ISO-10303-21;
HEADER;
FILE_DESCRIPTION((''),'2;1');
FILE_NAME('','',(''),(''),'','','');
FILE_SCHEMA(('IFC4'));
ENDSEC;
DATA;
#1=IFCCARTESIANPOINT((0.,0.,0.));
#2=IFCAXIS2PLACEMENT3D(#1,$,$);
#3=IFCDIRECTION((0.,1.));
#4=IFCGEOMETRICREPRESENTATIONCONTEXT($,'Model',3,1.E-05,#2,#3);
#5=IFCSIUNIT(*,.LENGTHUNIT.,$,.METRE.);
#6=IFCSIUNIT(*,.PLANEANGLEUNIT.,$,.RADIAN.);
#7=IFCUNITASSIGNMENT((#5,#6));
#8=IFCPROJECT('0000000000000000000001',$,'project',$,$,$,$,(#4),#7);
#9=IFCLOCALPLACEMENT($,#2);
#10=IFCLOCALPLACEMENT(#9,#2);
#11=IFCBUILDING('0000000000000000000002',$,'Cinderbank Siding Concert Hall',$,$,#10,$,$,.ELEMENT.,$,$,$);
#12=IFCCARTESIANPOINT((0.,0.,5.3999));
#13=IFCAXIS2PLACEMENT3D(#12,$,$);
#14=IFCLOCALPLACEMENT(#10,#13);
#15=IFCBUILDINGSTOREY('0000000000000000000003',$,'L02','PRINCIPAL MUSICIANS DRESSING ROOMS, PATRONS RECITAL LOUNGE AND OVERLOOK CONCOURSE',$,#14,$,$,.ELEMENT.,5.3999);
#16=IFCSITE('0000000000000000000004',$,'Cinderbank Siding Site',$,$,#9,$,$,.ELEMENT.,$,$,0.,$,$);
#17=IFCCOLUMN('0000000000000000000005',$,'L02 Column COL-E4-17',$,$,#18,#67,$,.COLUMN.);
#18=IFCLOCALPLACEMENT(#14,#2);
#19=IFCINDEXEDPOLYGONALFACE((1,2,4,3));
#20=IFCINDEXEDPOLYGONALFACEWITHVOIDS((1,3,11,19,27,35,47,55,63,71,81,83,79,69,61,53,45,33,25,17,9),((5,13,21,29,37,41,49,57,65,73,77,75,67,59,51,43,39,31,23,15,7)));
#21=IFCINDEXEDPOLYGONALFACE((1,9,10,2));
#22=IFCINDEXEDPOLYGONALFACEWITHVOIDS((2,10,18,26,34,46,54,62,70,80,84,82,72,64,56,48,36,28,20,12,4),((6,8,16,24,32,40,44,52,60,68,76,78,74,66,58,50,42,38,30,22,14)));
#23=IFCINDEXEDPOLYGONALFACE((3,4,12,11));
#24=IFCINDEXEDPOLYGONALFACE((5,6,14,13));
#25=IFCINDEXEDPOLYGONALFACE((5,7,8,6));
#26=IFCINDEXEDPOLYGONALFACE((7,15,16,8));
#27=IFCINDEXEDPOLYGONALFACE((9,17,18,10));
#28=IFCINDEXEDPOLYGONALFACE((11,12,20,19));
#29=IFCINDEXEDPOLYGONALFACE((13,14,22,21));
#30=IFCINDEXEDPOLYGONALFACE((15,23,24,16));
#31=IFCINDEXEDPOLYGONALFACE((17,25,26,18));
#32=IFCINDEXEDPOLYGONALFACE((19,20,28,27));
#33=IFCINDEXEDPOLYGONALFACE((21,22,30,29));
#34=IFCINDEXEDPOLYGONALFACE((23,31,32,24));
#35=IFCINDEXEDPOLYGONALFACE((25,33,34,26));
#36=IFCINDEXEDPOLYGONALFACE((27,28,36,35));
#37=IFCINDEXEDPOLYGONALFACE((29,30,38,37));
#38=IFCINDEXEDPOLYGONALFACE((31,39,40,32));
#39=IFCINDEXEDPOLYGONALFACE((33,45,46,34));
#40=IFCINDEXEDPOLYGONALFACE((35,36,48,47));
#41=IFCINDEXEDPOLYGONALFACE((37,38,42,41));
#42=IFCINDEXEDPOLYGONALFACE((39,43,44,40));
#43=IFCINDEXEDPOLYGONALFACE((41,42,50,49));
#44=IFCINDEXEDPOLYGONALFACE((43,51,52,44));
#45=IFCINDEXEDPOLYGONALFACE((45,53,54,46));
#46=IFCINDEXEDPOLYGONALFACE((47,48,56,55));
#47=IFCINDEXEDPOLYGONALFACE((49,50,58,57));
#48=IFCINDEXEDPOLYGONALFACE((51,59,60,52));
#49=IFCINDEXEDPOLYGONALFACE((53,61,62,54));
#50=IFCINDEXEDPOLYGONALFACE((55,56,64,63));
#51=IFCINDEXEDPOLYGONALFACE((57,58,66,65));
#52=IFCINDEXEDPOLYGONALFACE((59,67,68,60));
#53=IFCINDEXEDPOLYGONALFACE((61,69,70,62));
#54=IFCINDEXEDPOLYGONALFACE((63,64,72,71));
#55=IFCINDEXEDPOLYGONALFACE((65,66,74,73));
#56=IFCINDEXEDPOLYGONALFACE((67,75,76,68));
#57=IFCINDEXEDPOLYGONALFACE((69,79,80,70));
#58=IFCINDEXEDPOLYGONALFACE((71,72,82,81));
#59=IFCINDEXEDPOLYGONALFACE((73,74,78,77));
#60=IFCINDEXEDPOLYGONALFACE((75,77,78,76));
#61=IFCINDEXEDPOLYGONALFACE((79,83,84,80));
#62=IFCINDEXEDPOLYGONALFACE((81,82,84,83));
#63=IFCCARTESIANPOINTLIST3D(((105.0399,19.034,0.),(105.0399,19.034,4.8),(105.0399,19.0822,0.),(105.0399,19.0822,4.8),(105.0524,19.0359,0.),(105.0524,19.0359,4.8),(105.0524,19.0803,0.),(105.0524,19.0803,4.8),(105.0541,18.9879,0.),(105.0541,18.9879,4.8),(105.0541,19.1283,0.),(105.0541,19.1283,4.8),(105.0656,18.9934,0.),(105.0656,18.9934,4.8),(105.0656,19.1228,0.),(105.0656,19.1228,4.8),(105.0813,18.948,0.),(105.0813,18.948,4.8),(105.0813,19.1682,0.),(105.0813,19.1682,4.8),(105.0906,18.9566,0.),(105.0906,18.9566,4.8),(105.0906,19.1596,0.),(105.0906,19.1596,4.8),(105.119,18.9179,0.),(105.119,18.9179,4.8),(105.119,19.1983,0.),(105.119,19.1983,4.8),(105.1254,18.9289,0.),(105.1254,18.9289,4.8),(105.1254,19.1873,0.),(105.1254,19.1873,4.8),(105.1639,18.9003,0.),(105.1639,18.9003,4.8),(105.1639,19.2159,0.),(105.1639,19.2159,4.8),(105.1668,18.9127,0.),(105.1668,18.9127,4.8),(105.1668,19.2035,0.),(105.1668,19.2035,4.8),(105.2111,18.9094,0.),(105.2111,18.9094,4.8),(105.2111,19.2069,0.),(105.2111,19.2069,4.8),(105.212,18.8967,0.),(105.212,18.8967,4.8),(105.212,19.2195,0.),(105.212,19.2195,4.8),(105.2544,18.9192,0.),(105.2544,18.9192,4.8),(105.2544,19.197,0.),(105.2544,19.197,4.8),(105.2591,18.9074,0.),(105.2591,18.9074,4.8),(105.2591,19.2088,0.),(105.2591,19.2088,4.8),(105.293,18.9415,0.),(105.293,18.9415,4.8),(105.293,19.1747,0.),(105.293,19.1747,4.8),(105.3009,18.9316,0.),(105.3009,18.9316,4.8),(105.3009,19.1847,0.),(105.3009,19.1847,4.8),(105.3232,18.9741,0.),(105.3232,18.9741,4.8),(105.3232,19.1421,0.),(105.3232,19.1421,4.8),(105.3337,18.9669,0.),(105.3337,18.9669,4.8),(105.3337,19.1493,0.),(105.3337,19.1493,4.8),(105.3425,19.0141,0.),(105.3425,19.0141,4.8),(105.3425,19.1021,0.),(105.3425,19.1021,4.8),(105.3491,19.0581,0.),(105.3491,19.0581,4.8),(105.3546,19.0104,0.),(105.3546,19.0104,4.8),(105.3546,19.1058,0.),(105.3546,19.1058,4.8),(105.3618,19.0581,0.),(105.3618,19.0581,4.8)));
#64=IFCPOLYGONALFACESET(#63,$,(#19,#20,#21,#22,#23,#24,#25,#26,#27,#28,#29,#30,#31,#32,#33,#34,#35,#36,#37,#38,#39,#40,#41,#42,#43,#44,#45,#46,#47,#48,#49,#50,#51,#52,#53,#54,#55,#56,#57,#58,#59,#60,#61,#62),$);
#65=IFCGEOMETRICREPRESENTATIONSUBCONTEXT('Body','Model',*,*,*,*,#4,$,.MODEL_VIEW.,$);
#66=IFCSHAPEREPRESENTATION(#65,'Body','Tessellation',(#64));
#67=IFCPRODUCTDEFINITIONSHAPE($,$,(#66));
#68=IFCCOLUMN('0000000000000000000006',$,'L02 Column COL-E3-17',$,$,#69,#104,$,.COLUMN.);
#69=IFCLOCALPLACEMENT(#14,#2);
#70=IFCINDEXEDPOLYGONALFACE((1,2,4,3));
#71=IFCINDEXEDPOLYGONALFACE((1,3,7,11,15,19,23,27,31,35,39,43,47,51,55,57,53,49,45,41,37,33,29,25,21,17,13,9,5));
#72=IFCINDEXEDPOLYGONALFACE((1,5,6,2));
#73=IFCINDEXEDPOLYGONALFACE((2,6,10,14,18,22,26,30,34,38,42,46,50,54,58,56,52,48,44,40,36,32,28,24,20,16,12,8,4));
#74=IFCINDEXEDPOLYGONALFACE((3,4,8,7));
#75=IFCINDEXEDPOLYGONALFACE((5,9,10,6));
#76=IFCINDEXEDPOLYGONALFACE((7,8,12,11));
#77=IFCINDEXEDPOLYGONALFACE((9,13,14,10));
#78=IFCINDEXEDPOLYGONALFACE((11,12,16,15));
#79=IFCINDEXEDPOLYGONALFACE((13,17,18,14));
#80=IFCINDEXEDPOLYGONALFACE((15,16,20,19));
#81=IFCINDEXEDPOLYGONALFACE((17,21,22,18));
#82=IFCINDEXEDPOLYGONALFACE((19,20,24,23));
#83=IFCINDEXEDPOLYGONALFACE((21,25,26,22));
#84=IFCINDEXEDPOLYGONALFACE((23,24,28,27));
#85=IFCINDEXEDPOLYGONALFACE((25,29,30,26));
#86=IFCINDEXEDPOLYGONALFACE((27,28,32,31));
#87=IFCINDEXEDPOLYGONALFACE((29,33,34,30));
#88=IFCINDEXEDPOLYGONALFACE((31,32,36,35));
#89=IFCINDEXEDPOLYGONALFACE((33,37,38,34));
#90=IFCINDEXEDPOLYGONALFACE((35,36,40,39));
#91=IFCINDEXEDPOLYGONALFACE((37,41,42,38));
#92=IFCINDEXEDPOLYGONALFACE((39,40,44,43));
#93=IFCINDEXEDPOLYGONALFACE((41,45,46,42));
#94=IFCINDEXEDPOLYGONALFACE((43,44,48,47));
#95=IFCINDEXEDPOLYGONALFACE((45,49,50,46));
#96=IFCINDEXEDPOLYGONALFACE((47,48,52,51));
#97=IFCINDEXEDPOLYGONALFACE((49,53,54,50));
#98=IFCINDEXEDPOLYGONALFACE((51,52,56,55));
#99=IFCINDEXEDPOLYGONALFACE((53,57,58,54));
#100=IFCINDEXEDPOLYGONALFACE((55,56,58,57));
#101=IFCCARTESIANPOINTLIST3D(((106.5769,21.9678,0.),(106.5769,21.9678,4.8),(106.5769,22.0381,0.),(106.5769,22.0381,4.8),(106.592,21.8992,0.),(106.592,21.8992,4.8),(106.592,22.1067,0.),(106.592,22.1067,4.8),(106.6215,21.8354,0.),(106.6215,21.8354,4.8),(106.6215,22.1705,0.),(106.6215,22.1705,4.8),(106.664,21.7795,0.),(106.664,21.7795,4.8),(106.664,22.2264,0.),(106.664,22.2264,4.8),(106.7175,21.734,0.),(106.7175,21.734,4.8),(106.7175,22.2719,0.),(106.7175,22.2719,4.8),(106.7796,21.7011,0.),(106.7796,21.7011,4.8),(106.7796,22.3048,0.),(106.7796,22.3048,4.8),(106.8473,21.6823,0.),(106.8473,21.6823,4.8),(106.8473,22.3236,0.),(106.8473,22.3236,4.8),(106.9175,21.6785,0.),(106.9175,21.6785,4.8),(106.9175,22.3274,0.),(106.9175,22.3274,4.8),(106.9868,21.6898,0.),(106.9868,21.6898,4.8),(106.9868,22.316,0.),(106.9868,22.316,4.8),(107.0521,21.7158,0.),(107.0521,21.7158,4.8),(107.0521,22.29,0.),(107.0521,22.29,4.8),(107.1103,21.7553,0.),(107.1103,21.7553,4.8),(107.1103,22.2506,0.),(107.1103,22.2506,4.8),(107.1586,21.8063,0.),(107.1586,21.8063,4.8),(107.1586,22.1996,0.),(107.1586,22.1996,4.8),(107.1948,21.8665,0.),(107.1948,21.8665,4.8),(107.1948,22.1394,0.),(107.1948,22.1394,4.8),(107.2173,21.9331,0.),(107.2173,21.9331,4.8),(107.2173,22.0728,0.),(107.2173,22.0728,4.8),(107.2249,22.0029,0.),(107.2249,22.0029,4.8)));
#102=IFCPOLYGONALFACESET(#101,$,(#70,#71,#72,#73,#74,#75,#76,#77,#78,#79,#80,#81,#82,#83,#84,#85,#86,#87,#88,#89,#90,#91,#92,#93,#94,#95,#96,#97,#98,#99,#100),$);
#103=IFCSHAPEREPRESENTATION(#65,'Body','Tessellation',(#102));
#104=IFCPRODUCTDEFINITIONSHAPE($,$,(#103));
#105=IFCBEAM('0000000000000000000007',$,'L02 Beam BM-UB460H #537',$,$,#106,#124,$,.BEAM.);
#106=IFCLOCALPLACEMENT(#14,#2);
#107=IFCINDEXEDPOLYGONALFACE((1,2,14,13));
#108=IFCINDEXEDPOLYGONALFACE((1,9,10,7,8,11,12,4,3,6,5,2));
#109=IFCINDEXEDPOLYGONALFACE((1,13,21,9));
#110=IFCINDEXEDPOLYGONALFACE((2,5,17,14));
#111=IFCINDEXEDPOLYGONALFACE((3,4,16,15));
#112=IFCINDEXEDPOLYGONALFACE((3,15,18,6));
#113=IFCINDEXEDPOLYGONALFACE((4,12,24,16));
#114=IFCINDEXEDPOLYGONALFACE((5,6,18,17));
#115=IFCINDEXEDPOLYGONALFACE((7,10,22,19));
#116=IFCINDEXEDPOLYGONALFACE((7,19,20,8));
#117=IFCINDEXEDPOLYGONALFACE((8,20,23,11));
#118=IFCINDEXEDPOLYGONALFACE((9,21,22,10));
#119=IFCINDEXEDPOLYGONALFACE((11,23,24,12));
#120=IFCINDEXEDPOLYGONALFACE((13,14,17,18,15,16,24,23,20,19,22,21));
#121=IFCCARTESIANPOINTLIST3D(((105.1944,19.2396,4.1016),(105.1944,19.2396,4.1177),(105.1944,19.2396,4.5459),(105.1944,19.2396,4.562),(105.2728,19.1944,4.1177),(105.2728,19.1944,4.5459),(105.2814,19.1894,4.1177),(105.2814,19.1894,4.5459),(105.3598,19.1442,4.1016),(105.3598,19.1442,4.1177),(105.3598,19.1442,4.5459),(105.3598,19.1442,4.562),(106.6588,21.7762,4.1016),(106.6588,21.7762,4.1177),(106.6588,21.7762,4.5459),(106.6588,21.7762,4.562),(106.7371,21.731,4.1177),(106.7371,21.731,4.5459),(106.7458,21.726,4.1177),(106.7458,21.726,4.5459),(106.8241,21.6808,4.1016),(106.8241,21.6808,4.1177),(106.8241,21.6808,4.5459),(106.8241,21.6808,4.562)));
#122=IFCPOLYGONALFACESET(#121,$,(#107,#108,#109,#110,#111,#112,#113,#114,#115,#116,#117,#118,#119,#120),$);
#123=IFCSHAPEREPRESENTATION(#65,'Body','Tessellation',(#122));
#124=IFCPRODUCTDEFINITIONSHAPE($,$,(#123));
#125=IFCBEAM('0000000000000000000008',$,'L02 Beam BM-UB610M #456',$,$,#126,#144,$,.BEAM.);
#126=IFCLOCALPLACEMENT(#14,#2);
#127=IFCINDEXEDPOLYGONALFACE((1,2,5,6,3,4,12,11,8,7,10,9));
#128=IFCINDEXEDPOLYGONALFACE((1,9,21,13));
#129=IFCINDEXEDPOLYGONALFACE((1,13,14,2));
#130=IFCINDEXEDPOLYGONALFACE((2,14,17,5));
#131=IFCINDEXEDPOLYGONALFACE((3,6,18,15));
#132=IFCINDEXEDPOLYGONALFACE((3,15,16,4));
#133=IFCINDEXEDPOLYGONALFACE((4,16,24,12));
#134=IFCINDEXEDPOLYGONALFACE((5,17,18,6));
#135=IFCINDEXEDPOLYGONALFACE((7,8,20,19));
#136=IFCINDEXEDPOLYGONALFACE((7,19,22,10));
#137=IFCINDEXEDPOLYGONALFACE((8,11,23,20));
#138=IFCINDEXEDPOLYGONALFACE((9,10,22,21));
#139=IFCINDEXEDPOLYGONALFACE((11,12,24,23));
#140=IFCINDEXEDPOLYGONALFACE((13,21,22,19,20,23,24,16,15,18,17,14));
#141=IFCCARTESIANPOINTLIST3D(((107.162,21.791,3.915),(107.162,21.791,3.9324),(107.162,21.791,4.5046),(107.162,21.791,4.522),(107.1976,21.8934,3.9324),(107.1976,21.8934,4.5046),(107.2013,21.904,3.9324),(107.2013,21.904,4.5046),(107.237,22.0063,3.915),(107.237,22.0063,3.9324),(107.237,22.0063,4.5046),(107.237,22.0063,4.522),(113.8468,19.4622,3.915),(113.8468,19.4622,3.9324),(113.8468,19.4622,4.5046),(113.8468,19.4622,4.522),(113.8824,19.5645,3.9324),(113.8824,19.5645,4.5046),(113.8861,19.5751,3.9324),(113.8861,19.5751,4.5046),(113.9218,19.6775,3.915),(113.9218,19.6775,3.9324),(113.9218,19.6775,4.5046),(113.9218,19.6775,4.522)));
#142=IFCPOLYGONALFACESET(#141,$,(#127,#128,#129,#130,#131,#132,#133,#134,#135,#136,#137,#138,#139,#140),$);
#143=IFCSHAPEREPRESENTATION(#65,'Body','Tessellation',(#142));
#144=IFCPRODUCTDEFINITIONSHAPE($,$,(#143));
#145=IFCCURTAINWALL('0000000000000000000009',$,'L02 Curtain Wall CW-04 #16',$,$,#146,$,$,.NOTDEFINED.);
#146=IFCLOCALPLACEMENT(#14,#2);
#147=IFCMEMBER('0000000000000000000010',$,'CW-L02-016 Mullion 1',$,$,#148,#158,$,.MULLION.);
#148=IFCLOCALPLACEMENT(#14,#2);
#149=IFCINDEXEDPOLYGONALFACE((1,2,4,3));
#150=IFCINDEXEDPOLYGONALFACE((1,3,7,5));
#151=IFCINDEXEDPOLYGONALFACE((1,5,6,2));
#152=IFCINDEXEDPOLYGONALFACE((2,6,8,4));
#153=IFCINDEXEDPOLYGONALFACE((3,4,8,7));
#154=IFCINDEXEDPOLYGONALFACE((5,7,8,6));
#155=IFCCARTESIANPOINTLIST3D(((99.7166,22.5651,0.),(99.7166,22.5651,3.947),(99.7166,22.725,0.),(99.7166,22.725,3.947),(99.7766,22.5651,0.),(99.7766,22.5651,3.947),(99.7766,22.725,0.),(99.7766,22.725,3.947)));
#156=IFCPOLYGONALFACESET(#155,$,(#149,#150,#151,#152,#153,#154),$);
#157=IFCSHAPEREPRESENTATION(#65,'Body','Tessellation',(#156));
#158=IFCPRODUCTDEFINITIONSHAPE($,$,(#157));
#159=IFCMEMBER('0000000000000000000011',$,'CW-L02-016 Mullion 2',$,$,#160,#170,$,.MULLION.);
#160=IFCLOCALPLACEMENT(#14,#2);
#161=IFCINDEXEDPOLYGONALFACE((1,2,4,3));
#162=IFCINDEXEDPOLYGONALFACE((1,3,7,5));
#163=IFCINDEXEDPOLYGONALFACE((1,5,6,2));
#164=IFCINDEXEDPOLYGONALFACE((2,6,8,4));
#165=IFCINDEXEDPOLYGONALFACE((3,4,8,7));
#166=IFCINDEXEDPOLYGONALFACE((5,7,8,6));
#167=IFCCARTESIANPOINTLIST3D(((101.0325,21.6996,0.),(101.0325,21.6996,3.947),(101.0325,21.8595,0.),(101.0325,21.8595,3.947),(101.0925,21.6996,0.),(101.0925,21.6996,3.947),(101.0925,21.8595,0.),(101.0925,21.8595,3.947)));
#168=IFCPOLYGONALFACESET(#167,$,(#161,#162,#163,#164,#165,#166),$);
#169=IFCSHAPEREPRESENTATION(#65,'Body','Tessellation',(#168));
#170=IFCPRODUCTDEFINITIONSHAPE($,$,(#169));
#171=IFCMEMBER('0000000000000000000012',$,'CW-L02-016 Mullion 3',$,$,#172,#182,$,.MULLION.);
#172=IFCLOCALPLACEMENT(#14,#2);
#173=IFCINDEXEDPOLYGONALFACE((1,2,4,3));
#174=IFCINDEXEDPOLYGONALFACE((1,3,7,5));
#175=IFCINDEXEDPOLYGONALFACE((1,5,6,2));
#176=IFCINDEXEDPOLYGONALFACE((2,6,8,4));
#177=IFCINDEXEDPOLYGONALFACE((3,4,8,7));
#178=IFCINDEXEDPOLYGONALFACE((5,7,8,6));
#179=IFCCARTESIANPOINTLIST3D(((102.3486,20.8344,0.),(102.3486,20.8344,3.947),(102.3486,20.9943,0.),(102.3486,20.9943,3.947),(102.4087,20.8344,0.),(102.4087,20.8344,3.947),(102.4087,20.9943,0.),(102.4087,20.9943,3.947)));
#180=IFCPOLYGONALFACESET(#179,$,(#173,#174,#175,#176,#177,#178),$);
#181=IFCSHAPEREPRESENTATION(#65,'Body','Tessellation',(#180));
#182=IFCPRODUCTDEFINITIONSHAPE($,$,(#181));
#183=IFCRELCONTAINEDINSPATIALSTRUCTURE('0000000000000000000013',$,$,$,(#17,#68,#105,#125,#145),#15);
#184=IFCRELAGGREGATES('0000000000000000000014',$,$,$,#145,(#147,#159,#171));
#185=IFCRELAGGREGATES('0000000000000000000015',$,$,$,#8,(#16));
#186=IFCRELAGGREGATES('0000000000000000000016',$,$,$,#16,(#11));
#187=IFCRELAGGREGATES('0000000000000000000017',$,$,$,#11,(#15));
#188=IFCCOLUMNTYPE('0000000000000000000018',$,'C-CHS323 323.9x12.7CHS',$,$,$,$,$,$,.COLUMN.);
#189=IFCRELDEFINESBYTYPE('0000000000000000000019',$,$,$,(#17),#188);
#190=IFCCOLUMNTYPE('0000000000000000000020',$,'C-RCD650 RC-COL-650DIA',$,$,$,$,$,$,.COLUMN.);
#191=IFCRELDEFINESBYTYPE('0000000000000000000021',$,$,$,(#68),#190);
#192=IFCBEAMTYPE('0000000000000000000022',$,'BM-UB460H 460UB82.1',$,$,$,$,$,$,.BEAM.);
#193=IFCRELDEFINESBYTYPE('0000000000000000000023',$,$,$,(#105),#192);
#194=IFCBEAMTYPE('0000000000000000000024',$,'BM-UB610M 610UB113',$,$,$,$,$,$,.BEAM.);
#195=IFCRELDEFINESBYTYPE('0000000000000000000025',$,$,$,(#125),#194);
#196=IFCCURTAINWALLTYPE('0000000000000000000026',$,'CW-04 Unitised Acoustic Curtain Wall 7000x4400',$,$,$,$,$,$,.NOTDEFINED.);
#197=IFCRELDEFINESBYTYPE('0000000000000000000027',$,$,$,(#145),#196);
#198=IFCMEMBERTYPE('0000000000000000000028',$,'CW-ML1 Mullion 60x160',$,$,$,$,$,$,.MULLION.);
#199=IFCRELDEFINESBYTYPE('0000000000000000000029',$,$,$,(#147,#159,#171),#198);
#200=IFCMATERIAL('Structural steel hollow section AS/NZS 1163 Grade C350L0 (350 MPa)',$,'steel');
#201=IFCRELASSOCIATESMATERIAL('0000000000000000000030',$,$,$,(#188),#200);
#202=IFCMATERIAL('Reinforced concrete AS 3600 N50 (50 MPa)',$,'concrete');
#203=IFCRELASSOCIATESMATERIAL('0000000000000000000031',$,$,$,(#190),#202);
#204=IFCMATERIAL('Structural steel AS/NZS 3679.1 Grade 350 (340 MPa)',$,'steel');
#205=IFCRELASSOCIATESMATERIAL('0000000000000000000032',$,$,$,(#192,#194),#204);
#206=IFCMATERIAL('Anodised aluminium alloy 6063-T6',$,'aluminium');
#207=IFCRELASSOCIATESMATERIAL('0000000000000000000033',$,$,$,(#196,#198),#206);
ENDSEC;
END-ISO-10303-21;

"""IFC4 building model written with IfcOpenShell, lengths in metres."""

from ifc_helpers import new_model, si_unit, direction, frame, origin, origin_2d, place, context, subcontext, project, spatial, rectangle, circle, hollow_circle, i_section, extrude, material, material_profile, profile_set, type_object, element, aggregate, save


model = new_model("IFC4")

# Units and contexts
model_context = context("Model", 3, precision=1e-05, world=origin(), true_north=direction((0.0, 1.0)))
body_context = subcontext(model_context, "Body", "Model", "MODEL_VIEW")
ifc_project = project(units=[si_unit("LENGTHUNIT", "METRE"), si_unit("PLANEANGLEUNIT", "RADIAN")], contexts=[model_context])

# Site, building, storey
site_placement = place(None, origin())
site = spatial("IfcSite", under=ifc_project, at=site_placement, Name="Cinderbank Siding Site", CompositionType="ELEMENT", RefElevation=0.0)
building_placement = place(site_placement, origin())
building = spatial("IfcBuilding", under=site, at=building_placement, Name="Cinderbank Siding Concert Hall", CompositionType="ELEMENT")
storey_placement = place(building_placement, frame((0.0, 0.0, 5.3999)))
storey = spatial("IfcBuildingStorey", under=building, at=storey_placement, Name="L02", Description="PRINCIPAL MUSICIANS DRESSING ROOMS, PATRONS RECITAL LOUNGE AND OVERLOOK CONCOURSE", CompositionType="ELEMENT", Elevation=5.3999)

# Columns
ifc_material_1 = material(Name="Structural steel hollow section AS/NZS 1163 Grade C350L0 (350 MPa)", Category="steel")
ifc_material_profile_1 = material_profile(ifc_material_1, hollow_circle(Radius=0.1619, WallThickness=0.0127, at=origin_2d()), Name="323.9x12.7CHS", Category="LoadBearing")
ifc_profile_set_1 = profile_set([ifc_material_profile_1], Name="Structural steel hollow section AS/NZS 1163 Grade C350L0 (350 MPa)")
column_type_1 = type_object("IfcColumnType", Name="C-CHS323 323.9x12.7CHS", PredefinedType="COLUMN", material=ifc_profile_set_1)
column_1_placement = place(storey_placement, frame((105.2, 19.0581, 0.0), z_axis=(0.0, 0.0, 1.0), x_axis=(1.0, 0.0, 0.0)))
element("IfcColumn", 1, at=column_1_placement, inside=storey, type_object=column_type_1, Name="L02 Column COL-E4-17", PredefinedType="COLUMN", context=body_context, shape_type="SweptSolid", body=[
    extrude(hollow_circle(Radius=0.1619, WallThickness=0.0127, at=origin_2d()), origin(), (0.0, 0.0, 1.0), 4.8),
])
ifc_material_2 = material(Name="Reinforced concrete AS 3600 N50 (50 MPa)", Category="concrete")
ifc_material_profile_2 = material_profile(ifc_material_2, circle(Radius=0.325, at=origin_2d()), Name="RC-COL-650DIA", Category="LoadBearing")
ifc_profile_set_2 = profile_set([ifc_material_profile_2], Name="Reinforced concrete AS 3600 N50 (50 MPa)")
column_type_2 = type_object("IfcColumnType", Name="C-RCD650 RC-COL-650DIA", PredefinedType="COLUMN", material=ifc_profile_set_2)
column_2_placement = place(storey_placement, frame((106.8999, 22.0029, 0.0), z_axis=(0.0, 0.0, 1.0), x_axis=(1.0, 0.0, 0.0)))
element("IfcColumn", 2, at=column_2_placement, inside=storey, type_object=column_type_2, Name="L02 Column COL-E3-17", PredefinedType="COLUMN", context=body_context, shape_type="SweptSolid", body=[
    extrude(circle(Radius=0.325, at=origin_2d()), origin(), (0.0, 0.0, 1.0), 4.8),
])

# Beams
ifc_material_3 = material(Name="Structural steel AS/NZS 3679.1 Grade 350 (340 MPa)", Category="steel")
ifc_material_profile_3 = material_profile(ifc_material_3, i_section(OverallWidth=0.1909, OverallDepth=0.4604, WebThickness=0.01, FlangeThickness=0.0161, at=origin_2d()), Name="460UB82.1", Category="LoadBearing")
ifc_profile_set_3 = profile_set([ifc_material_profile_3], Name="Structural steel AS/NZS 3679.1 Grade 350 (340 MPa)")
beam_type_1 = type_object("IfcBeamType", Name="BM-UB460H 460UB82.1", PredefinedType="BEAM", material=ifc_profile_set_3)
beam_1_placement = place(storey_placement, frame((106.7415, 21.7285, 4.3318), z_axis=(-0.499958, -0.86605, 0.0), x_axis=(0.86605, -0.499958, 0.0)))
element("IfcBeam", 3, at=beam_1_placement, inside=storey, type_object=beam_type_1, Name="L02 Beam BM-UB460H #537", PredefinedType="BEAM", context=body_context, shape_type="SweptSolid", body=[
    extrude(i_section(OverallWidth=0.1909, OverallDepth=0.4604, WebThickness=0.01, FlangeThickness=0.0161, at=origin_2d()), origin(), (0.0, 0.0, 1.0), 2.929),
])
ifc_material_profile_4 = material_profile(ifc_material_3, i_section(OverallWidth=0.228, OverallDepth=0.6069, WebThickness=0.0112, FlangeThickness=0.0173, at=origin_2d()), Name="610UB113", Category="LoadBearing")
ifc_profile_set_4 = profile_set([ifc_material_profile_4], Name="Structural steel AS/NZS 3679.1 Grade 350 (340 MPa)")
beam_type_2 = type_object("IfcBeamType", Name="BM-UB610M 610UB113", PredefinedType="BEAM", material=ifc_profile_set_4)
beam_2_placement = place(storey_placement, frame((107.1995, 21.8987, 4.2185), z_axis=(0.944334, -0.328987, 0.0), x_axis=(0.328987, 0.944334, 0.0)))
element("IfcBeam", 4, at=beam_2_placement, inside=storey, type_object=beam_type_2, Name="L02 Beam BM-UB610M #456", PredefinedType="BEAM", context=body_context, shape_type="SweptSolid", body=[
    extrude(i_section(OverallWidth=0.228, OverallDepth=0.6069, WebThickness=0.0112, FlangeThickness=0.0173, at=origin_2d()), origin(), (0.0, 0.0, 1.0), 7.0789),
])

# Curtain wall, members
ifc_material_4 = material(Name="Anodised aluminium alloy 6063-T6", Category="aluminium")
curtain_wall_type = type_object("IfcCurtainWallType", Name="CW-04 Unitised Acoustic Curtain Wall 7000x4400", PredefinedType="NOTDEFINED", material=ifc_material_4)
curtain_wall_placement = place(storey_placement, origin())
curtain_wall = element("IfcCurtainWall", 5, at=curtain_wall_placement, inside=storey, type_object=curtain_wall_type, Name="L02 Curtain Wall CW-04 #16", PredefinedType="NOTDEFINED")
ifc_material_profile_5 = material_profile(ifc_material_4, rectangle(XDim=0.0601, YDim=0.1599, at=origin_2d()), Name="ALU-MULL-60x160", Category="LoadBearing")
ifc_profile_set_5 = profile_set([ifc_material_profile_5], Name="Anodised aluminium alloy 6063-T6")
member_type_1 = type_object("IfcMemberType", Name="CW-ML1 Mullion 60x160", PredefinedType="MULLION", material=ifc_profile_set_5)
member_1_placement = place(storey_placement, frame((99.7466, 22.645, 0.0), z_axis=(0.0, 0.0, 1.0), x_axis=(1.0, 0.0, 0.0)))
member_1 = element("IfcMember", 6, at=member_1_placement, type_object=member_type_1, Name="CW-L02-016 Mullion 1", PredefinedType="MULLION", context=body_context, shape_type="SweptSolid", body=[
    extrude(rectangle(XDim=0.0601, YDim=0.1599, at=origin_2d()), origin(), (0.0, 0.0, 1.0), 3.947),
])
member_2_placement = place(storey_placement, frame((101.0625, 21.7795, 0.0), z_axis=(0.0, 0.0, 1.0), x_axis=(1.0, 0.0, 0.0)))
member_2 = element("IfcMember", 7, at=member_2_placement, type_object=member_type_1, Name="CW-L02-016 Mullion 2", PredefinedType="MULLION", context=body_context, shape_type="SweptSolid", body=[
    extrude(rectangle(XDim=0.0601, YDim=0.1599, at=origin_2d()), origin(), (0.0, 0.0, 1.0), 3.947),
])
member_3_placement = place(storey_placement, frame((102.3787, 20.9143, 0.0), z_axis=(0.0, 0.0, 1.0), x_axis=(1.0, 0.0, 0.0)))
member_3 = element("IfcMember", 8, at=member_3_placement, type_object=member_type_1, Name="CW-L02-016 Mullion 3", PredefinedType="MULLION", context=body_context, shape_type="SweptSolid", body=[
    extrude(rectangle(XDim=0.0601, YDim=0.1599, at=origin_2d()), origin(), (0.0, 0.0, 1.0), 3.947),
])
aggregate(curtain_wall, [member_1, member_2, member_3])

save(model, "model.ifc")
